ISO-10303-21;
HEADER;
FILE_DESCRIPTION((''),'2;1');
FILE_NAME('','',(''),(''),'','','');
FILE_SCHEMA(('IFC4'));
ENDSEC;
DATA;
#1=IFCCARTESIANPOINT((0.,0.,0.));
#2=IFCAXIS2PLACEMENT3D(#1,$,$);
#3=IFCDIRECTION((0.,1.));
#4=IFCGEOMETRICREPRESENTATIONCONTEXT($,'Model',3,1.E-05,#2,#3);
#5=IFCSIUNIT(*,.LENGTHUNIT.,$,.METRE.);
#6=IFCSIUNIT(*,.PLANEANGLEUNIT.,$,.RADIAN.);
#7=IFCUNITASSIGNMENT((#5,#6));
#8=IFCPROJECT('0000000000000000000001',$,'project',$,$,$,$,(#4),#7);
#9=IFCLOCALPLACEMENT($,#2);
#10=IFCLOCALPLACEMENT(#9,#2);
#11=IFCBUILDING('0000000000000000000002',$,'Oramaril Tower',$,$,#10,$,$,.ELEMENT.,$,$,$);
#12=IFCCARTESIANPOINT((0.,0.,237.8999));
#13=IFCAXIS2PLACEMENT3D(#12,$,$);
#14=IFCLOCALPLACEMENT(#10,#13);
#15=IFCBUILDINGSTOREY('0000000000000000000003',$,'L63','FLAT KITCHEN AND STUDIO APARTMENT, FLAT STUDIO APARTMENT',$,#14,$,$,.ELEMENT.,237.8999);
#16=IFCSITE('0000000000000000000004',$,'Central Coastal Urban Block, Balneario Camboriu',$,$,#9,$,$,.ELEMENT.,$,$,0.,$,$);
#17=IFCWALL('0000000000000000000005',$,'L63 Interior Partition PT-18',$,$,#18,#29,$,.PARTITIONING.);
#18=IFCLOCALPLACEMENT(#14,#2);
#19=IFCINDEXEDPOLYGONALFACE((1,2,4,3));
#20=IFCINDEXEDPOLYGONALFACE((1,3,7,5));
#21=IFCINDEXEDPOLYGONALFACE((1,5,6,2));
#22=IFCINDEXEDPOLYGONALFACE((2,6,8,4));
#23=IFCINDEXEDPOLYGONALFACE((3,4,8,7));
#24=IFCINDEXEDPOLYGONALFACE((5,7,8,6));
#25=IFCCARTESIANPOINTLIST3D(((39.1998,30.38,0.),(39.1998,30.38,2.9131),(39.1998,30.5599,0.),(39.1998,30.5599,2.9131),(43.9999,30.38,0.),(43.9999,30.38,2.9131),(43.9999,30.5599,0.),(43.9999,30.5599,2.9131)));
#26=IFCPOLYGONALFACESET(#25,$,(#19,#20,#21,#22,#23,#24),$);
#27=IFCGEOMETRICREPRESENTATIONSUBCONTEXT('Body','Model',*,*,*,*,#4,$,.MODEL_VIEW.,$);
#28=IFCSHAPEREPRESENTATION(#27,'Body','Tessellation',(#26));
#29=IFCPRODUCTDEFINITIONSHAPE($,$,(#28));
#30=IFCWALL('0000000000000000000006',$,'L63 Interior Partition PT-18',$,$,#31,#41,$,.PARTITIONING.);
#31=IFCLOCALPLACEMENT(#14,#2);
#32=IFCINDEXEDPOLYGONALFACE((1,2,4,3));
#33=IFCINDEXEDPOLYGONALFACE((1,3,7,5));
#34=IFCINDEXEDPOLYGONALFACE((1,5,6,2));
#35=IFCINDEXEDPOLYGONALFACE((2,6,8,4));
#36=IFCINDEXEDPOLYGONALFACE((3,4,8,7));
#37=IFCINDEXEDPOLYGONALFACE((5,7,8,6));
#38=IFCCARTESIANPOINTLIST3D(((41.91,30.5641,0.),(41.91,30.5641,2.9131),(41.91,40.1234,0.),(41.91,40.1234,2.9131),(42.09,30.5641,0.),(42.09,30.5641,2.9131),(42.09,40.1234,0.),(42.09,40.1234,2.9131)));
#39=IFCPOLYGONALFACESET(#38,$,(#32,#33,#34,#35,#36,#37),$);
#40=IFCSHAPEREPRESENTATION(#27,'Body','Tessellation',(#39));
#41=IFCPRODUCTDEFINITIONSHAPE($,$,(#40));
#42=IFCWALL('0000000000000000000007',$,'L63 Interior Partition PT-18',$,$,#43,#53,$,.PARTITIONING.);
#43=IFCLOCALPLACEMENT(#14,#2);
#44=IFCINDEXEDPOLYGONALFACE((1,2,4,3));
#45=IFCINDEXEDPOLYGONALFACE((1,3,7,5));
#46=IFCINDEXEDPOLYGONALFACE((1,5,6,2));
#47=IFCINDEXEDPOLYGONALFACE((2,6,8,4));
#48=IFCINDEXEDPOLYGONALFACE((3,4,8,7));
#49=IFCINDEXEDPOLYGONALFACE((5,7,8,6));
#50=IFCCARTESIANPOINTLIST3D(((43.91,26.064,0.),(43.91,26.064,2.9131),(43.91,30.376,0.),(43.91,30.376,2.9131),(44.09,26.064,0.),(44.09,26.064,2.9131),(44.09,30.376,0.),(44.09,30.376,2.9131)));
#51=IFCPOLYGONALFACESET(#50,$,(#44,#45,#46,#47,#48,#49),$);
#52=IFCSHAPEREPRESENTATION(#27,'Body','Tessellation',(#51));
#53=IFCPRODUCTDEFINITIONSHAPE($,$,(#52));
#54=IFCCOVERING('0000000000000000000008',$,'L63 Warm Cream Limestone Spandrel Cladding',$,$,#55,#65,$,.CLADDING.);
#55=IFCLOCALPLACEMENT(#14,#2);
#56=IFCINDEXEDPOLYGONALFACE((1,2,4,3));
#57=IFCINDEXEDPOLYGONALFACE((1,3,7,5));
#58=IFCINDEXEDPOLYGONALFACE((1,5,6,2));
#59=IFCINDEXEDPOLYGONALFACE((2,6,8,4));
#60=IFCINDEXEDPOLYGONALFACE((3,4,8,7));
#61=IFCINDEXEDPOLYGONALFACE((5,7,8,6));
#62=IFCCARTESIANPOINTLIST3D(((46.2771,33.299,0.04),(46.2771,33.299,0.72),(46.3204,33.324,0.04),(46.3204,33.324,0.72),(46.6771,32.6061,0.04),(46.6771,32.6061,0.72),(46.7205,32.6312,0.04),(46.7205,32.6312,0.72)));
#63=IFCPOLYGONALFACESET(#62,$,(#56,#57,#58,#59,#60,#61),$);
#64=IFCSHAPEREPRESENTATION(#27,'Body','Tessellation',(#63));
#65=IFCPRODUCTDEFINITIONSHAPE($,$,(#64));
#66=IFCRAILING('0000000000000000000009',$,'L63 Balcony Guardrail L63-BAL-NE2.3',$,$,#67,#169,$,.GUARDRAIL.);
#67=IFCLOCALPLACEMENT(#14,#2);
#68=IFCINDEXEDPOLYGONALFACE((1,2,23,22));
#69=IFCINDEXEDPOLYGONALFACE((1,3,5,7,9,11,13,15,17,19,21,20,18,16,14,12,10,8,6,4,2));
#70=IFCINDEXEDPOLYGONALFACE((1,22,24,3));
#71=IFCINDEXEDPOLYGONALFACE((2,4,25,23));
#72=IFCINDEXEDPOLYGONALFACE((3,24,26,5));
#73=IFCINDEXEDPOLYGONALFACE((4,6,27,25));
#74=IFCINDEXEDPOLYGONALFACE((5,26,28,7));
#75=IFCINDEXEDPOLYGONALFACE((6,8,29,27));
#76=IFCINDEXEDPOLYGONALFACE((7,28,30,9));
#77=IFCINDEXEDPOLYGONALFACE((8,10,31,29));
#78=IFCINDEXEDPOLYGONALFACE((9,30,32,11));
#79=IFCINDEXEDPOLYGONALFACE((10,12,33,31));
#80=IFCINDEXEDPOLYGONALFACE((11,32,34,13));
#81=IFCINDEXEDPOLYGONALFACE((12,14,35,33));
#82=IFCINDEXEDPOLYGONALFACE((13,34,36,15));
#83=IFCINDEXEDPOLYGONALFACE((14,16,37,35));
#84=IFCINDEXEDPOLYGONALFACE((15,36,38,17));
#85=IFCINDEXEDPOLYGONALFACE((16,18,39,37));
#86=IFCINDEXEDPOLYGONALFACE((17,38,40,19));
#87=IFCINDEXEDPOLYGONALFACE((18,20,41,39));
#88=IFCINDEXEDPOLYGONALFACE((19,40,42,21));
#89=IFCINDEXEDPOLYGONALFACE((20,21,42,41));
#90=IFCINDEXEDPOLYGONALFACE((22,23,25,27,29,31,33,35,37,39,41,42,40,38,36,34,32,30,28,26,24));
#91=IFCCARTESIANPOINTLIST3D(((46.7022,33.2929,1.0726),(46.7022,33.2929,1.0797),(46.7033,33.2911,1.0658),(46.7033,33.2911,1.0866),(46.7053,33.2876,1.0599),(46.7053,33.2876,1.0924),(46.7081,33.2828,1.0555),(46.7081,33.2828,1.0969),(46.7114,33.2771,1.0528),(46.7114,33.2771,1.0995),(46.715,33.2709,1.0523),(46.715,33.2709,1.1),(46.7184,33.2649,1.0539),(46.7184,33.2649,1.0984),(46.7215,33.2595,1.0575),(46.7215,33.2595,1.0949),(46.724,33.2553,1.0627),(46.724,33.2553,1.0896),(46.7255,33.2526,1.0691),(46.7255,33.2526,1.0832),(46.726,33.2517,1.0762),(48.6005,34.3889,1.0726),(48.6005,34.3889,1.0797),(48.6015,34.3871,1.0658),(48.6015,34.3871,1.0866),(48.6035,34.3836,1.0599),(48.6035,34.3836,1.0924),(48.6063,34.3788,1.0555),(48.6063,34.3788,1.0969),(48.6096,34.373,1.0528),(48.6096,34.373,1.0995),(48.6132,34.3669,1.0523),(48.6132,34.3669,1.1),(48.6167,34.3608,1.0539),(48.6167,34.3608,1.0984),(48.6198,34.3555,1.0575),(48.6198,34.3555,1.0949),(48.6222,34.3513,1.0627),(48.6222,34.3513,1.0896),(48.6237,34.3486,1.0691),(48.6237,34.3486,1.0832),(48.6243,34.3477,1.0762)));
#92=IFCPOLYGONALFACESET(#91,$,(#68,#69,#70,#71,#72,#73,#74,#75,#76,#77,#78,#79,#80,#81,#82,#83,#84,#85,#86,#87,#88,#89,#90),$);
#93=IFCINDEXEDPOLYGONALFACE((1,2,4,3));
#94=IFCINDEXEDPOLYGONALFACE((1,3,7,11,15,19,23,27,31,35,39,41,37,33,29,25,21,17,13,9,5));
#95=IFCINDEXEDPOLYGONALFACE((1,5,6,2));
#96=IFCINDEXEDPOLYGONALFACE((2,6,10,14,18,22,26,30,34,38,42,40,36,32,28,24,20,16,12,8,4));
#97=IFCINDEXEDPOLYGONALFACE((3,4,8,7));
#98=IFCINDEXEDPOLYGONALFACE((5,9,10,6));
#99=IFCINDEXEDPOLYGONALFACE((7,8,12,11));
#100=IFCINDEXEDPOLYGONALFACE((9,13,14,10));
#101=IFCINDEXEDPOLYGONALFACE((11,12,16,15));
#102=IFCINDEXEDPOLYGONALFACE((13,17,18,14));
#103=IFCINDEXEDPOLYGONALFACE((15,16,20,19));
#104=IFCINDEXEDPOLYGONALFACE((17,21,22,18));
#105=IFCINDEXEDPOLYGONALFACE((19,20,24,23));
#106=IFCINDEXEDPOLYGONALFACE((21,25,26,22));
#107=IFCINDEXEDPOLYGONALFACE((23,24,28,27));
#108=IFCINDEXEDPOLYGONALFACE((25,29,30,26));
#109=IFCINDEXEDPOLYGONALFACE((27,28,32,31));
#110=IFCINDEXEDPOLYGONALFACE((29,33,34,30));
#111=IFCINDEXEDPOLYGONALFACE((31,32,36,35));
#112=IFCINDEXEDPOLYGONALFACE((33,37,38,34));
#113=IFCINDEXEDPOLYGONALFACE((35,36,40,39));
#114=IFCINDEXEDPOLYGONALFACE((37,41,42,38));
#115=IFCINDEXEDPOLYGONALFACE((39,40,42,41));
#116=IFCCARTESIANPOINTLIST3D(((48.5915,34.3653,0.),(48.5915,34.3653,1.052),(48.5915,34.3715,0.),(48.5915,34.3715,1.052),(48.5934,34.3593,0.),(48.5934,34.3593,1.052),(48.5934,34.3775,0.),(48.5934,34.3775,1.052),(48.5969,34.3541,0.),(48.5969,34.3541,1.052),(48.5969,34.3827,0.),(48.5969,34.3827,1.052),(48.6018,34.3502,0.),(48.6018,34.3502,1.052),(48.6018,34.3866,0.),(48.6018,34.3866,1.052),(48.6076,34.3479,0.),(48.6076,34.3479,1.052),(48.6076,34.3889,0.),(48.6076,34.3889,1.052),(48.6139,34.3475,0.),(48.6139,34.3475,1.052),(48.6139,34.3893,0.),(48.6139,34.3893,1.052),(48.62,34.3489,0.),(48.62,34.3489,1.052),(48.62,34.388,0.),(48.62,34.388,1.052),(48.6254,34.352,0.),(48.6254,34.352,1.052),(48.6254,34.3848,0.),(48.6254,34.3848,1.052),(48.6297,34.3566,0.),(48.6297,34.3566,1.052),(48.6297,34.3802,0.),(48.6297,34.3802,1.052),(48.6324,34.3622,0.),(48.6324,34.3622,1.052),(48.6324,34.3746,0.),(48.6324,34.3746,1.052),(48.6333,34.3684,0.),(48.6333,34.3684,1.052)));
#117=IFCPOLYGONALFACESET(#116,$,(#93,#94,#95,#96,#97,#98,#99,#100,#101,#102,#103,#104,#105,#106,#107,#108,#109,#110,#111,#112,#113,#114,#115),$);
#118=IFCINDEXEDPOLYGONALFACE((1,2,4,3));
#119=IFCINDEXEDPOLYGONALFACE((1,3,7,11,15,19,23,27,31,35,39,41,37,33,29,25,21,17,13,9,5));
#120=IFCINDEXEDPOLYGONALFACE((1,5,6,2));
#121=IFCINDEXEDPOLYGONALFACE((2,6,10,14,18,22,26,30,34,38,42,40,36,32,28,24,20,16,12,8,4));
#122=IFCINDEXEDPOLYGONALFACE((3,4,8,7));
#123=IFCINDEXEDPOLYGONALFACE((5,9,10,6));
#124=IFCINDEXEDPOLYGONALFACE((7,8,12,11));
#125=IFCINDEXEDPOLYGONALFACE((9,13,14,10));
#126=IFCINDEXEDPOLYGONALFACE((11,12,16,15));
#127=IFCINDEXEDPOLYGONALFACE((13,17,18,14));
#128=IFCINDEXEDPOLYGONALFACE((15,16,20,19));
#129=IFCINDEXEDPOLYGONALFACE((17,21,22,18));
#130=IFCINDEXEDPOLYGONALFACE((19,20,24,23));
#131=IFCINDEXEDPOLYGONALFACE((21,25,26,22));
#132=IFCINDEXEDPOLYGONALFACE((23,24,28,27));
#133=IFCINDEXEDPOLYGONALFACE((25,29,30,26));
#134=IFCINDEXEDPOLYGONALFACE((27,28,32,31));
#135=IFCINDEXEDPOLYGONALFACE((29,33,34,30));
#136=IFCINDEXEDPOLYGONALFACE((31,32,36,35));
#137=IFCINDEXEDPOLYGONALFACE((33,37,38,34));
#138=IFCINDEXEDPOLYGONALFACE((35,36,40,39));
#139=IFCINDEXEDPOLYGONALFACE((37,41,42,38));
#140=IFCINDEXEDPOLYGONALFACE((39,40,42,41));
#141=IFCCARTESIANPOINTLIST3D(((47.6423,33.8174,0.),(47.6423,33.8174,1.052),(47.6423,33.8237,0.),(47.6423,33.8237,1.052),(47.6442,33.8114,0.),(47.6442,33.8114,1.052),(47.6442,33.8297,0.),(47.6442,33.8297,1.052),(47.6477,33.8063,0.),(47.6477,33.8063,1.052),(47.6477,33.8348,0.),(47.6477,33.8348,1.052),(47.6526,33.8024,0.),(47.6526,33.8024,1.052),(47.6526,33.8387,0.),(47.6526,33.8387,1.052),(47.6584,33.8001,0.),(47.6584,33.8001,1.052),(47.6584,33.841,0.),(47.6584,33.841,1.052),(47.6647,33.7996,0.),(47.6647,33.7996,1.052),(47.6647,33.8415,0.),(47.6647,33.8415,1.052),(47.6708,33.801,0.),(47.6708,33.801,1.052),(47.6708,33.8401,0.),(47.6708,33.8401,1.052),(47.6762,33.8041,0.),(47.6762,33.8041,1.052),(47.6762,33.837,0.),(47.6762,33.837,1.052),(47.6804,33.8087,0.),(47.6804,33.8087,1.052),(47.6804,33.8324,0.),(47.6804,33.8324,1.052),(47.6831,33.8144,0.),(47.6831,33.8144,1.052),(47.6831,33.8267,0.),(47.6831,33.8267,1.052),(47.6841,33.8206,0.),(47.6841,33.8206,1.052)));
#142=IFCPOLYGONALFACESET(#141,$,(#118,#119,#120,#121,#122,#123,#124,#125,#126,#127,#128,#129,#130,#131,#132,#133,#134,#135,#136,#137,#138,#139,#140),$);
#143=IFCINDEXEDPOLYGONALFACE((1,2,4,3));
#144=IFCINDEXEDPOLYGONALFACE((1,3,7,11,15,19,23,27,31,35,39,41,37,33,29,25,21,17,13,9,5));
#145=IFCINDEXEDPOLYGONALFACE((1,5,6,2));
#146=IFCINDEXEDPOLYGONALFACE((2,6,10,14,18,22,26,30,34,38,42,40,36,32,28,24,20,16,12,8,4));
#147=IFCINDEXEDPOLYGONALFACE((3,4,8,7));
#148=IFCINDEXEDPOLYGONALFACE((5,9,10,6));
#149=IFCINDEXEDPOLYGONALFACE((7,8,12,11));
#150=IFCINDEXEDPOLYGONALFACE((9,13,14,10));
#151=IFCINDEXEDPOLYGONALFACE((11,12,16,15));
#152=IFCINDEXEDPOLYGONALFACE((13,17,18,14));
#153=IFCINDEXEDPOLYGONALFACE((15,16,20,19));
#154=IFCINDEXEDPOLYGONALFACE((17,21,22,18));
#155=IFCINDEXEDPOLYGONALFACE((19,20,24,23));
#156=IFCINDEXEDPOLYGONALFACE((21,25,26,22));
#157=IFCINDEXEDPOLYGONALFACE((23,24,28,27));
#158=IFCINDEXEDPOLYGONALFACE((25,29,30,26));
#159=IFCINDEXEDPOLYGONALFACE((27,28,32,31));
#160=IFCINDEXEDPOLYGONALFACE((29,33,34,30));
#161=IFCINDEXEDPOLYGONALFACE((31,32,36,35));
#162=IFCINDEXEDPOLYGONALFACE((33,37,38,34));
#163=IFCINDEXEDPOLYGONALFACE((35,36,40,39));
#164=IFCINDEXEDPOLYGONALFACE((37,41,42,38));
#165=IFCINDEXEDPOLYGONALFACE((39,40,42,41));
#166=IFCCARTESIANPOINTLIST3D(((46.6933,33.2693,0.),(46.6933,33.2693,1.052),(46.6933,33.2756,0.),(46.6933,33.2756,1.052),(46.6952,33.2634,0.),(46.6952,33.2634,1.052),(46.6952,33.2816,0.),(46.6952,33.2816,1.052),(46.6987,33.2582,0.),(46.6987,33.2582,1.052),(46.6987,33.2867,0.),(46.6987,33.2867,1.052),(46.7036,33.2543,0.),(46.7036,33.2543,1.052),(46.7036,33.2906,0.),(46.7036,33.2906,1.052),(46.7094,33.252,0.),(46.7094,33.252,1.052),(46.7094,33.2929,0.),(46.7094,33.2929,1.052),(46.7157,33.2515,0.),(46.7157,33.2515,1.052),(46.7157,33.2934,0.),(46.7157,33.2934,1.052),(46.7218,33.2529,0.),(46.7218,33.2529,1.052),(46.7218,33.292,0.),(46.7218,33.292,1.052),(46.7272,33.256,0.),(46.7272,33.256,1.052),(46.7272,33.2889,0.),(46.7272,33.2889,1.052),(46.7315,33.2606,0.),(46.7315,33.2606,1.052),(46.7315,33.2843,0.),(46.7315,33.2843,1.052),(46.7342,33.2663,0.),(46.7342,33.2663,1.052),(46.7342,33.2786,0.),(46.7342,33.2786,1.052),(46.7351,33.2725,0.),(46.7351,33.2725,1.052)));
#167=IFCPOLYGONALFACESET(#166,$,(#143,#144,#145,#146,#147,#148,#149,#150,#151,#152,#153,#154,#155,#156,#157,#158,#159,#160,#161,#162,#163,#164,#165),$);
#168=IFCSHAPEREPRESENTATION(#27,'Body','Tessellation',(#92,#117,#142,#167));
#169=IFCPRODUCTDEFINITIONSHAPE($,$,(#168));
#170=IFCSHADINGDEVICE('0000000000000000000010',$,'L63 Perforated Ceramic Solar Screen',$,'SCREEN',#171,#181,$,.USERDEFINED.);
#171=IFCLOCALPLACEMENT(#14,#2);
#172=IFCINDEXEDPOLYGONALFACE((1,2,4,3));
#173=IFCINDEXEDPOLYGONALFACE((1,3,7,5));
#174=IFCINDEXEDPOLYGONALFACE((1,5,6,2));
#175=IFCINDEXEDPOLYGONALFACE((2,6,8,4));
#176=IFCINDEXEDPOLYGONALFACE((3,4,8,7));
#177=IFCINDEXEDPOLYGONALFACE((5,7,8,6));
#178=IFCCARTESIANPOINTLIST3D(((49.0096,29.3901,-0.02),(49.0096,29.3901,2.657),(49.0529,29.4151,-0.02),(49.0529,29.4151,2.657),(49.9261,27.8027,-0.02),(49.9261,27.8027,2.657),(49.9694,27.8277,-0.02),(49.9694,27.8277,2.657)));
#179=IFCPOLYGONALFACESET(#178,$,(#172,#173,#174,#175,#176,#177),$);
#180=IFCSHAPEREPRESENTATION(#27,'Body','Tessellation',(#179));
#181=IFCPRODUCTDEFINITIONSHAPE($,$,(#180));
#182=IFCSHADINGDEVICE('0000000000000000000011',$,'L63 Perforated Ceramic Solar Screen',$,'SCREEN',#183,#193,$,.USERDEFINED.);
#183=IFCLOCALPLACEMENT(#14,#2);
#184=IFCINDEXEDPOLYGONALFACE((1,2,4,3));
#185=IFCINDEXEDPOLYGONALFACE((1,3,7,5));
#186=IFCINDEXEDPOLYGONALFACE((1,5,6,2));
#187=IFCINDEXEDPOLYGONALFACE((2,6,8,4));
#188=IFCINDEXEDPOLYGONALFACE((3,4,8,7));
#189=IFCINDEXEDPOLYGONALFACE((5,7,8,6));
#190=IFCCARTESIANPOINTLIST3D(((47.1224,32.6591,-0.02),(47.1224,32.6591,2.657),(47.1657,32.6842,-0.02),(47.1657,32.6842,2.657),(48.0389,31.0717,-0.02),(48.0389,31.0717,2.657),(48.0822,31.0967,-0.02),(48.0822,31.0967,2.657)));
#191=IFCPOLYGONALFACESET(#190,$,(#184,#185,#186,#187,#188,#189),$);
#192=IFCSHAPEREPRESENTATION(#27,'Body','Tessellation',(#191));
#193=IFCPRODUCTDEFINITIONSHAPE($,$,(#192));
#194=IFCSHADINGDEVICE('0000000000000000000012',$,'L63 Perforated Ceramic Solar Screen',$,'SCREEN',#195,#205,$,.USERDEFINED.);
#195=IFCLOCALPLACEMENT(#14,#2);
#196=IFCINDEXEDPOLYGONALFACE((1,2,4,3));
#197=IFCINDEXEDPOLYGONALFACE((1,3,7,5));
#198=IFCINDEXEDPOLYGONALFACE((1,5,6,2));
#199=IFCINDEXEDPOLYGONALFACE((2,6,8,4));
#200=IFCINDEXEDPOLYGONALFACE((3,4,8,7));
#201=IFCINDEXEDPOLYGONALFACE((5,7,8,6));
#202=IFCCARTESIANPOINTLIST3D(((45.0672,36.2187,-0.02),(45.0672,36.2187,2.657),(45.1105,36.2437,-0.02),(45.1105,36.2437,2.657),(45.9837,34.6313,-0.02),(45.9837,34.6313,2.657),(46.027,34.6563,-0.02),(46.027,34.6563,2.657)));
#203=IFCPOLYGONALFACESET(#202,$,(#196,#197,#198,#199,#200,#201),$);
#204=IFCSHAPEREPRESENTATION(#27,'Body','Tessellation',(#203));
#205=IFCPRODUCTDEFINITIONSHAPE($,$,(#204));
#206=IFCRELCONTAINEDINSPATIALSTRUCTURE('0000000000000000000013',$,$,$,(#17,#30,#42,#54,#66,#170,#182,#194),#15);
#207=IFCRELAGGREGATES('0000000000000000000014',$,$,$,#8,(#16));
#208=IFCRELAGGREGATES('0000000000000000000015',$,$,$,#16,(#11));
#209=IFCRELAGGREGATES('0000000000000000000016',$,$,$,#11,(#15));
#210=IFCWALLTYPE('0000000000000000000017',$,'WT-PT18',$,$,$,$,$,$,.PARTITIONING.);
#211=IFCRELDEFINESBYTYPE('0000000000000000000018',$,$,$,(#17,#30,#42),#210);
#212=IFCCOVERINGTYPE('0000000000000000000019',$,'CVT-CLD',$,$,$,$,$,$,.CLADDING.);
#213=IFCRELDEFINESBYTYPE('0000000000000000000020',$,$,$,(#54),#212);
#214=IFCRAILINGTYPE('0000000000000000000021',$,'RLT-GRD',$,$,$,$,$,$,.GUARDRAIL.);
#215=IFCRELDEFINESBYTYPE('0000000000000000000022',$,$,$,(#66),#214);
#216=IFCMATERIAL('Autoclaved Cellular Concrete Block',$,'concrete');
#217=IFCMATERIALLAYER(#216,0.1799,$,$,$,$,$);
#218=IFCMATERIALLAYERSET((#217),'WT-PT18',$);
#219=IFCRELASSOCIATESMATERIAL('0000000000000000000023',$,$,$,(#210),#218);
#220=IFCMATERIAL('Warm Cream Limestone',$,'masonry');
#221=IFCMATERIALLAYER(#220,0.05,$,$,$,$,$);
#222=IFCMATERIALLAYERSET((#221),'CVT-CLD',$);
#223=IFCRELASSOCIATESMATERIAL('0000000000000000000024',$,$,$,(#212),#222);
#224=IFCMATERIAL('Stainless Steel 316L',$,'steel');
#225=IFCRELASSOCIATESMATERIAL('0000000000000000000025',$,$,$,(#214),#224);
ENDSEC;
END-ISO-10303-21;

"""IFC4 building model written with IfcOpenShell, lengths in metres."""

from ifc_helpers import new_model, si_unit, direction, frame, frame_2d, origin, origin_2d, place, context, subcontext, project, spatial, rectangle, circle, extrude, material, layer, layer_set, type_object, element, save


model = new_model("IFC4")

# Units and contexts
model_context = context("Model", 3, precision=1e-05, world=origin(), true_north=direction((0.0, 1.0)))
body_context = subcontext(model_context, "Body", "Model", "MODEL_VIEW")
ifc_project = project(units=[si_unit("LENGTHUNIT", "METRE"), si_unit("PLANEANGLEUNIT", "RADIAN")], contexts=[model_context])

# Site, building, storey
site_placement = place(None, origin())
site = spatial("IfcSite", under=ifc_project, at=site_placement, Name="Central Coastal Urban Block, Balneario Camboriu", CompositionType="ELEMENT", RefElevation=0.0)
building_placement = place(site_placement, origin())
building = spatial("IfcBuilding", under=site, at=building_placement, Name="Oramaril Tower", CompositionType="ELEMENT")
storey_placement = place(building_placement, frame((0.0, 0.0, 237.8999)))
storey = spatial("IfcBuildingStorey", under=building, at=storey_placement, Name="L63", Description="FLAT KITCHEN AND STUDIO APARTMENT, FLAT STUDIO APARTMENT", CompositionType="ELEMENT", Elevation=237.8999)

# Walls
ifc_material_1 = material(Name="Autoclaved Cellular Concrete Block", Category="concrete")
ifc_layer_1 = layer(ifc_material_1, 0.1799)
ifc_layer_set_1 = layer_set([ifc_layer_1], Name="WT-PT18")
wall_type_1 = type_object("IfcWallType", Name="WT-PT18", PredefinedType="PARTITIONING", material=ifc_layer_set_1)
wall_1_placement = place(storey_placement, frame((39.2, 30.47, 0.0), z_axis=(0.0, 0.0, 1.0), x_axis=(1.0, 0.0, 0.0)))
element("IfcWall", 1, at=wall_1_placement, inside=storey, type_object=wall_type_1, Name="L63 Interior Partition PT-18", PredefinedType="PARTITIONING", context=body_context, shape_type="SweptSolid", body=[
    extrude(rectangle(XDim=4.8, YDim=0.1799, at=frame_2d((2.3999, 0.0))), origin(), (0.0, 0.0, 1.0), 2.9131),
])
wall_2_placement = place(storey_placement, frame((42.0, 30.564, 0.0), z_axis=(0.0, 0.0, 1.0), x_axis=(0.0, 1.0, 0.0)))
element("IfcWall", 2, at=wall_2_placement, inside=storey, type_object=wall_type_1, Name="L63 Interior Partition PT-18", PredefinedType="PARTITIONING", context=body_context, shape_type="SweptSolid", body=[
    extrude(rectangle(XDim=9.5593, YDim=0.1799, at=frame_2d((4.7798, 0.0))), origin(), (0.0, 0.0, 1.0), 2.9131),
])
wall_3_placement = place(storey_placement, frame((44.0, 26.064, 0.0), z_axis=(0.0, 0.0, 1.0), x_axis=(0.0, 1.0, 0.0)))
element("IfcWall", 3, at=wall_3_placement, inside=storey, type_object=wall_type_1, Name="L63 Interior Partition PT-18", PredefinedType="PARTITIONING", context=body_context, shape_type="SweptSolid", body=[
    extrude(rectangle(XDim=4.312, YDim=0.1799, at=frame_2d((2.156, 0.0))), origin(), (0.0, 0.0, 1.0), 2.9131),
])

# Covering
ifc_material_2 = material(Name="Warm Cream Limestone", Category="masonry")
ifc_layer_2 = layer(ifc_material_2, 0.05)
ifc_layer_set_2 = layer_set([ifc_layer_2], Name="CVT-CLD")
covering_type = type_object("IfcCoveringType", Name="CVT-CLD", PredefinedType="CLADDING", material=ifc_layer_set_2)
covering_placement = place(storey_placement, frame((46.4988, 32.9651, 0.04), z_axis=(0.0, 0.0, 1.0), x_axis=(-0.500002, 0.866025, 0.0)))
element("IfcCovering", 4, at=covering_placement, inside=storey, type_object=covering_type, Name="L63 Warm Cream Limestone Spandrel Cladding", PredefinedType="CLADDING", context=body_context, shape_type="SweptSolid", body=[
    extrude(rectangle(XDim=0.8, YDim=0.05, at=origin_2d()), origin(), (0.0, 0.0, 1.0), 0.6799),
])

# Railing
ifc_material_3 = material(Name="Stainless Steel 316L", Category="steel")
railing_type = type_object("IfcRailingType", Name="RLT-GRD", PredefinedType="GUARDRAIL", material=ifc_material_3)
railing_placement = place(storey_placement, frame((48.6123, 34.3684, 0.0)))
element("IfcRailing", 5, at=railing_placement, inside=storey, type_object=railing_type, Name="L63 Balcony Guardrail L63-BAL-NE2.3", PredefinedType="GUARDRAIL", context=body_context, shape_type="SweptSolid", body=[
    extrude(circle(Radius=0.0239, at=origin_2d()), frame((0.0, 0.0, 1.0762), z_axis=(-0.866021, -0.500008, 0.0), x_axis=(0.500008, -0.866021, 0.0)), (0.0, 0.0, 1.0), 2.1919),
    extrude(circle(Radius=0.021, at=origin_2d()), origin(), (0.0, 0.0, 1.0), 1.052),
    extrude(circle(Radius=0.021, at=origin_2d()), frame((-0.9492, -0.5479, 0.0)), (0.0, 0.0, 1.0), 1.052),
    extrude(circle(Radius=0.021, at=origin_2d()), frame((-1.8982, -1.0959, 0.0)), (0.0, 0.0, 1.0), 1.052),
])

# Shading devices
for number, where, z_axis, x_axis, name in (
    (6, (49.4895, 28.6089, -0.02), (0.0, 0.0, 1.0), (-0.500002, 0.866025, 0.0), "L63 Perforated Ceramic Solar Screen"),
    (7, (47.6023, 31.8779, -0.02), (0.0, 0.0, 1.0), (-0.500002, 0.866025, 0.0), "L63 Perforated Ceramic Solar Screen"),
    (8, (45.5471, 35.4375, -0.02), (0.0, 0.0, 1.0), (-0.500002, 0.866025, 0.0), "L63 Perforated Ceramic Solar Screen"),
):
    element("IfcShadingDevice", number, at=place(storey_placement, frame(where, z_axis=z_axis, x_axis=x_axis)), inside=storey, Name=name, ObjectType="SCREEN", PredefinedType="USERDEFINED", context=body_context, shape_type="SweptSolid", body=[
        extrude(rectangle(XDim=1.833, YDim=0.05, at=origin_2d()), origin(), (0.0, 0.0, 1.0), 2.677),
    ])

save(model, "model.ifc")
